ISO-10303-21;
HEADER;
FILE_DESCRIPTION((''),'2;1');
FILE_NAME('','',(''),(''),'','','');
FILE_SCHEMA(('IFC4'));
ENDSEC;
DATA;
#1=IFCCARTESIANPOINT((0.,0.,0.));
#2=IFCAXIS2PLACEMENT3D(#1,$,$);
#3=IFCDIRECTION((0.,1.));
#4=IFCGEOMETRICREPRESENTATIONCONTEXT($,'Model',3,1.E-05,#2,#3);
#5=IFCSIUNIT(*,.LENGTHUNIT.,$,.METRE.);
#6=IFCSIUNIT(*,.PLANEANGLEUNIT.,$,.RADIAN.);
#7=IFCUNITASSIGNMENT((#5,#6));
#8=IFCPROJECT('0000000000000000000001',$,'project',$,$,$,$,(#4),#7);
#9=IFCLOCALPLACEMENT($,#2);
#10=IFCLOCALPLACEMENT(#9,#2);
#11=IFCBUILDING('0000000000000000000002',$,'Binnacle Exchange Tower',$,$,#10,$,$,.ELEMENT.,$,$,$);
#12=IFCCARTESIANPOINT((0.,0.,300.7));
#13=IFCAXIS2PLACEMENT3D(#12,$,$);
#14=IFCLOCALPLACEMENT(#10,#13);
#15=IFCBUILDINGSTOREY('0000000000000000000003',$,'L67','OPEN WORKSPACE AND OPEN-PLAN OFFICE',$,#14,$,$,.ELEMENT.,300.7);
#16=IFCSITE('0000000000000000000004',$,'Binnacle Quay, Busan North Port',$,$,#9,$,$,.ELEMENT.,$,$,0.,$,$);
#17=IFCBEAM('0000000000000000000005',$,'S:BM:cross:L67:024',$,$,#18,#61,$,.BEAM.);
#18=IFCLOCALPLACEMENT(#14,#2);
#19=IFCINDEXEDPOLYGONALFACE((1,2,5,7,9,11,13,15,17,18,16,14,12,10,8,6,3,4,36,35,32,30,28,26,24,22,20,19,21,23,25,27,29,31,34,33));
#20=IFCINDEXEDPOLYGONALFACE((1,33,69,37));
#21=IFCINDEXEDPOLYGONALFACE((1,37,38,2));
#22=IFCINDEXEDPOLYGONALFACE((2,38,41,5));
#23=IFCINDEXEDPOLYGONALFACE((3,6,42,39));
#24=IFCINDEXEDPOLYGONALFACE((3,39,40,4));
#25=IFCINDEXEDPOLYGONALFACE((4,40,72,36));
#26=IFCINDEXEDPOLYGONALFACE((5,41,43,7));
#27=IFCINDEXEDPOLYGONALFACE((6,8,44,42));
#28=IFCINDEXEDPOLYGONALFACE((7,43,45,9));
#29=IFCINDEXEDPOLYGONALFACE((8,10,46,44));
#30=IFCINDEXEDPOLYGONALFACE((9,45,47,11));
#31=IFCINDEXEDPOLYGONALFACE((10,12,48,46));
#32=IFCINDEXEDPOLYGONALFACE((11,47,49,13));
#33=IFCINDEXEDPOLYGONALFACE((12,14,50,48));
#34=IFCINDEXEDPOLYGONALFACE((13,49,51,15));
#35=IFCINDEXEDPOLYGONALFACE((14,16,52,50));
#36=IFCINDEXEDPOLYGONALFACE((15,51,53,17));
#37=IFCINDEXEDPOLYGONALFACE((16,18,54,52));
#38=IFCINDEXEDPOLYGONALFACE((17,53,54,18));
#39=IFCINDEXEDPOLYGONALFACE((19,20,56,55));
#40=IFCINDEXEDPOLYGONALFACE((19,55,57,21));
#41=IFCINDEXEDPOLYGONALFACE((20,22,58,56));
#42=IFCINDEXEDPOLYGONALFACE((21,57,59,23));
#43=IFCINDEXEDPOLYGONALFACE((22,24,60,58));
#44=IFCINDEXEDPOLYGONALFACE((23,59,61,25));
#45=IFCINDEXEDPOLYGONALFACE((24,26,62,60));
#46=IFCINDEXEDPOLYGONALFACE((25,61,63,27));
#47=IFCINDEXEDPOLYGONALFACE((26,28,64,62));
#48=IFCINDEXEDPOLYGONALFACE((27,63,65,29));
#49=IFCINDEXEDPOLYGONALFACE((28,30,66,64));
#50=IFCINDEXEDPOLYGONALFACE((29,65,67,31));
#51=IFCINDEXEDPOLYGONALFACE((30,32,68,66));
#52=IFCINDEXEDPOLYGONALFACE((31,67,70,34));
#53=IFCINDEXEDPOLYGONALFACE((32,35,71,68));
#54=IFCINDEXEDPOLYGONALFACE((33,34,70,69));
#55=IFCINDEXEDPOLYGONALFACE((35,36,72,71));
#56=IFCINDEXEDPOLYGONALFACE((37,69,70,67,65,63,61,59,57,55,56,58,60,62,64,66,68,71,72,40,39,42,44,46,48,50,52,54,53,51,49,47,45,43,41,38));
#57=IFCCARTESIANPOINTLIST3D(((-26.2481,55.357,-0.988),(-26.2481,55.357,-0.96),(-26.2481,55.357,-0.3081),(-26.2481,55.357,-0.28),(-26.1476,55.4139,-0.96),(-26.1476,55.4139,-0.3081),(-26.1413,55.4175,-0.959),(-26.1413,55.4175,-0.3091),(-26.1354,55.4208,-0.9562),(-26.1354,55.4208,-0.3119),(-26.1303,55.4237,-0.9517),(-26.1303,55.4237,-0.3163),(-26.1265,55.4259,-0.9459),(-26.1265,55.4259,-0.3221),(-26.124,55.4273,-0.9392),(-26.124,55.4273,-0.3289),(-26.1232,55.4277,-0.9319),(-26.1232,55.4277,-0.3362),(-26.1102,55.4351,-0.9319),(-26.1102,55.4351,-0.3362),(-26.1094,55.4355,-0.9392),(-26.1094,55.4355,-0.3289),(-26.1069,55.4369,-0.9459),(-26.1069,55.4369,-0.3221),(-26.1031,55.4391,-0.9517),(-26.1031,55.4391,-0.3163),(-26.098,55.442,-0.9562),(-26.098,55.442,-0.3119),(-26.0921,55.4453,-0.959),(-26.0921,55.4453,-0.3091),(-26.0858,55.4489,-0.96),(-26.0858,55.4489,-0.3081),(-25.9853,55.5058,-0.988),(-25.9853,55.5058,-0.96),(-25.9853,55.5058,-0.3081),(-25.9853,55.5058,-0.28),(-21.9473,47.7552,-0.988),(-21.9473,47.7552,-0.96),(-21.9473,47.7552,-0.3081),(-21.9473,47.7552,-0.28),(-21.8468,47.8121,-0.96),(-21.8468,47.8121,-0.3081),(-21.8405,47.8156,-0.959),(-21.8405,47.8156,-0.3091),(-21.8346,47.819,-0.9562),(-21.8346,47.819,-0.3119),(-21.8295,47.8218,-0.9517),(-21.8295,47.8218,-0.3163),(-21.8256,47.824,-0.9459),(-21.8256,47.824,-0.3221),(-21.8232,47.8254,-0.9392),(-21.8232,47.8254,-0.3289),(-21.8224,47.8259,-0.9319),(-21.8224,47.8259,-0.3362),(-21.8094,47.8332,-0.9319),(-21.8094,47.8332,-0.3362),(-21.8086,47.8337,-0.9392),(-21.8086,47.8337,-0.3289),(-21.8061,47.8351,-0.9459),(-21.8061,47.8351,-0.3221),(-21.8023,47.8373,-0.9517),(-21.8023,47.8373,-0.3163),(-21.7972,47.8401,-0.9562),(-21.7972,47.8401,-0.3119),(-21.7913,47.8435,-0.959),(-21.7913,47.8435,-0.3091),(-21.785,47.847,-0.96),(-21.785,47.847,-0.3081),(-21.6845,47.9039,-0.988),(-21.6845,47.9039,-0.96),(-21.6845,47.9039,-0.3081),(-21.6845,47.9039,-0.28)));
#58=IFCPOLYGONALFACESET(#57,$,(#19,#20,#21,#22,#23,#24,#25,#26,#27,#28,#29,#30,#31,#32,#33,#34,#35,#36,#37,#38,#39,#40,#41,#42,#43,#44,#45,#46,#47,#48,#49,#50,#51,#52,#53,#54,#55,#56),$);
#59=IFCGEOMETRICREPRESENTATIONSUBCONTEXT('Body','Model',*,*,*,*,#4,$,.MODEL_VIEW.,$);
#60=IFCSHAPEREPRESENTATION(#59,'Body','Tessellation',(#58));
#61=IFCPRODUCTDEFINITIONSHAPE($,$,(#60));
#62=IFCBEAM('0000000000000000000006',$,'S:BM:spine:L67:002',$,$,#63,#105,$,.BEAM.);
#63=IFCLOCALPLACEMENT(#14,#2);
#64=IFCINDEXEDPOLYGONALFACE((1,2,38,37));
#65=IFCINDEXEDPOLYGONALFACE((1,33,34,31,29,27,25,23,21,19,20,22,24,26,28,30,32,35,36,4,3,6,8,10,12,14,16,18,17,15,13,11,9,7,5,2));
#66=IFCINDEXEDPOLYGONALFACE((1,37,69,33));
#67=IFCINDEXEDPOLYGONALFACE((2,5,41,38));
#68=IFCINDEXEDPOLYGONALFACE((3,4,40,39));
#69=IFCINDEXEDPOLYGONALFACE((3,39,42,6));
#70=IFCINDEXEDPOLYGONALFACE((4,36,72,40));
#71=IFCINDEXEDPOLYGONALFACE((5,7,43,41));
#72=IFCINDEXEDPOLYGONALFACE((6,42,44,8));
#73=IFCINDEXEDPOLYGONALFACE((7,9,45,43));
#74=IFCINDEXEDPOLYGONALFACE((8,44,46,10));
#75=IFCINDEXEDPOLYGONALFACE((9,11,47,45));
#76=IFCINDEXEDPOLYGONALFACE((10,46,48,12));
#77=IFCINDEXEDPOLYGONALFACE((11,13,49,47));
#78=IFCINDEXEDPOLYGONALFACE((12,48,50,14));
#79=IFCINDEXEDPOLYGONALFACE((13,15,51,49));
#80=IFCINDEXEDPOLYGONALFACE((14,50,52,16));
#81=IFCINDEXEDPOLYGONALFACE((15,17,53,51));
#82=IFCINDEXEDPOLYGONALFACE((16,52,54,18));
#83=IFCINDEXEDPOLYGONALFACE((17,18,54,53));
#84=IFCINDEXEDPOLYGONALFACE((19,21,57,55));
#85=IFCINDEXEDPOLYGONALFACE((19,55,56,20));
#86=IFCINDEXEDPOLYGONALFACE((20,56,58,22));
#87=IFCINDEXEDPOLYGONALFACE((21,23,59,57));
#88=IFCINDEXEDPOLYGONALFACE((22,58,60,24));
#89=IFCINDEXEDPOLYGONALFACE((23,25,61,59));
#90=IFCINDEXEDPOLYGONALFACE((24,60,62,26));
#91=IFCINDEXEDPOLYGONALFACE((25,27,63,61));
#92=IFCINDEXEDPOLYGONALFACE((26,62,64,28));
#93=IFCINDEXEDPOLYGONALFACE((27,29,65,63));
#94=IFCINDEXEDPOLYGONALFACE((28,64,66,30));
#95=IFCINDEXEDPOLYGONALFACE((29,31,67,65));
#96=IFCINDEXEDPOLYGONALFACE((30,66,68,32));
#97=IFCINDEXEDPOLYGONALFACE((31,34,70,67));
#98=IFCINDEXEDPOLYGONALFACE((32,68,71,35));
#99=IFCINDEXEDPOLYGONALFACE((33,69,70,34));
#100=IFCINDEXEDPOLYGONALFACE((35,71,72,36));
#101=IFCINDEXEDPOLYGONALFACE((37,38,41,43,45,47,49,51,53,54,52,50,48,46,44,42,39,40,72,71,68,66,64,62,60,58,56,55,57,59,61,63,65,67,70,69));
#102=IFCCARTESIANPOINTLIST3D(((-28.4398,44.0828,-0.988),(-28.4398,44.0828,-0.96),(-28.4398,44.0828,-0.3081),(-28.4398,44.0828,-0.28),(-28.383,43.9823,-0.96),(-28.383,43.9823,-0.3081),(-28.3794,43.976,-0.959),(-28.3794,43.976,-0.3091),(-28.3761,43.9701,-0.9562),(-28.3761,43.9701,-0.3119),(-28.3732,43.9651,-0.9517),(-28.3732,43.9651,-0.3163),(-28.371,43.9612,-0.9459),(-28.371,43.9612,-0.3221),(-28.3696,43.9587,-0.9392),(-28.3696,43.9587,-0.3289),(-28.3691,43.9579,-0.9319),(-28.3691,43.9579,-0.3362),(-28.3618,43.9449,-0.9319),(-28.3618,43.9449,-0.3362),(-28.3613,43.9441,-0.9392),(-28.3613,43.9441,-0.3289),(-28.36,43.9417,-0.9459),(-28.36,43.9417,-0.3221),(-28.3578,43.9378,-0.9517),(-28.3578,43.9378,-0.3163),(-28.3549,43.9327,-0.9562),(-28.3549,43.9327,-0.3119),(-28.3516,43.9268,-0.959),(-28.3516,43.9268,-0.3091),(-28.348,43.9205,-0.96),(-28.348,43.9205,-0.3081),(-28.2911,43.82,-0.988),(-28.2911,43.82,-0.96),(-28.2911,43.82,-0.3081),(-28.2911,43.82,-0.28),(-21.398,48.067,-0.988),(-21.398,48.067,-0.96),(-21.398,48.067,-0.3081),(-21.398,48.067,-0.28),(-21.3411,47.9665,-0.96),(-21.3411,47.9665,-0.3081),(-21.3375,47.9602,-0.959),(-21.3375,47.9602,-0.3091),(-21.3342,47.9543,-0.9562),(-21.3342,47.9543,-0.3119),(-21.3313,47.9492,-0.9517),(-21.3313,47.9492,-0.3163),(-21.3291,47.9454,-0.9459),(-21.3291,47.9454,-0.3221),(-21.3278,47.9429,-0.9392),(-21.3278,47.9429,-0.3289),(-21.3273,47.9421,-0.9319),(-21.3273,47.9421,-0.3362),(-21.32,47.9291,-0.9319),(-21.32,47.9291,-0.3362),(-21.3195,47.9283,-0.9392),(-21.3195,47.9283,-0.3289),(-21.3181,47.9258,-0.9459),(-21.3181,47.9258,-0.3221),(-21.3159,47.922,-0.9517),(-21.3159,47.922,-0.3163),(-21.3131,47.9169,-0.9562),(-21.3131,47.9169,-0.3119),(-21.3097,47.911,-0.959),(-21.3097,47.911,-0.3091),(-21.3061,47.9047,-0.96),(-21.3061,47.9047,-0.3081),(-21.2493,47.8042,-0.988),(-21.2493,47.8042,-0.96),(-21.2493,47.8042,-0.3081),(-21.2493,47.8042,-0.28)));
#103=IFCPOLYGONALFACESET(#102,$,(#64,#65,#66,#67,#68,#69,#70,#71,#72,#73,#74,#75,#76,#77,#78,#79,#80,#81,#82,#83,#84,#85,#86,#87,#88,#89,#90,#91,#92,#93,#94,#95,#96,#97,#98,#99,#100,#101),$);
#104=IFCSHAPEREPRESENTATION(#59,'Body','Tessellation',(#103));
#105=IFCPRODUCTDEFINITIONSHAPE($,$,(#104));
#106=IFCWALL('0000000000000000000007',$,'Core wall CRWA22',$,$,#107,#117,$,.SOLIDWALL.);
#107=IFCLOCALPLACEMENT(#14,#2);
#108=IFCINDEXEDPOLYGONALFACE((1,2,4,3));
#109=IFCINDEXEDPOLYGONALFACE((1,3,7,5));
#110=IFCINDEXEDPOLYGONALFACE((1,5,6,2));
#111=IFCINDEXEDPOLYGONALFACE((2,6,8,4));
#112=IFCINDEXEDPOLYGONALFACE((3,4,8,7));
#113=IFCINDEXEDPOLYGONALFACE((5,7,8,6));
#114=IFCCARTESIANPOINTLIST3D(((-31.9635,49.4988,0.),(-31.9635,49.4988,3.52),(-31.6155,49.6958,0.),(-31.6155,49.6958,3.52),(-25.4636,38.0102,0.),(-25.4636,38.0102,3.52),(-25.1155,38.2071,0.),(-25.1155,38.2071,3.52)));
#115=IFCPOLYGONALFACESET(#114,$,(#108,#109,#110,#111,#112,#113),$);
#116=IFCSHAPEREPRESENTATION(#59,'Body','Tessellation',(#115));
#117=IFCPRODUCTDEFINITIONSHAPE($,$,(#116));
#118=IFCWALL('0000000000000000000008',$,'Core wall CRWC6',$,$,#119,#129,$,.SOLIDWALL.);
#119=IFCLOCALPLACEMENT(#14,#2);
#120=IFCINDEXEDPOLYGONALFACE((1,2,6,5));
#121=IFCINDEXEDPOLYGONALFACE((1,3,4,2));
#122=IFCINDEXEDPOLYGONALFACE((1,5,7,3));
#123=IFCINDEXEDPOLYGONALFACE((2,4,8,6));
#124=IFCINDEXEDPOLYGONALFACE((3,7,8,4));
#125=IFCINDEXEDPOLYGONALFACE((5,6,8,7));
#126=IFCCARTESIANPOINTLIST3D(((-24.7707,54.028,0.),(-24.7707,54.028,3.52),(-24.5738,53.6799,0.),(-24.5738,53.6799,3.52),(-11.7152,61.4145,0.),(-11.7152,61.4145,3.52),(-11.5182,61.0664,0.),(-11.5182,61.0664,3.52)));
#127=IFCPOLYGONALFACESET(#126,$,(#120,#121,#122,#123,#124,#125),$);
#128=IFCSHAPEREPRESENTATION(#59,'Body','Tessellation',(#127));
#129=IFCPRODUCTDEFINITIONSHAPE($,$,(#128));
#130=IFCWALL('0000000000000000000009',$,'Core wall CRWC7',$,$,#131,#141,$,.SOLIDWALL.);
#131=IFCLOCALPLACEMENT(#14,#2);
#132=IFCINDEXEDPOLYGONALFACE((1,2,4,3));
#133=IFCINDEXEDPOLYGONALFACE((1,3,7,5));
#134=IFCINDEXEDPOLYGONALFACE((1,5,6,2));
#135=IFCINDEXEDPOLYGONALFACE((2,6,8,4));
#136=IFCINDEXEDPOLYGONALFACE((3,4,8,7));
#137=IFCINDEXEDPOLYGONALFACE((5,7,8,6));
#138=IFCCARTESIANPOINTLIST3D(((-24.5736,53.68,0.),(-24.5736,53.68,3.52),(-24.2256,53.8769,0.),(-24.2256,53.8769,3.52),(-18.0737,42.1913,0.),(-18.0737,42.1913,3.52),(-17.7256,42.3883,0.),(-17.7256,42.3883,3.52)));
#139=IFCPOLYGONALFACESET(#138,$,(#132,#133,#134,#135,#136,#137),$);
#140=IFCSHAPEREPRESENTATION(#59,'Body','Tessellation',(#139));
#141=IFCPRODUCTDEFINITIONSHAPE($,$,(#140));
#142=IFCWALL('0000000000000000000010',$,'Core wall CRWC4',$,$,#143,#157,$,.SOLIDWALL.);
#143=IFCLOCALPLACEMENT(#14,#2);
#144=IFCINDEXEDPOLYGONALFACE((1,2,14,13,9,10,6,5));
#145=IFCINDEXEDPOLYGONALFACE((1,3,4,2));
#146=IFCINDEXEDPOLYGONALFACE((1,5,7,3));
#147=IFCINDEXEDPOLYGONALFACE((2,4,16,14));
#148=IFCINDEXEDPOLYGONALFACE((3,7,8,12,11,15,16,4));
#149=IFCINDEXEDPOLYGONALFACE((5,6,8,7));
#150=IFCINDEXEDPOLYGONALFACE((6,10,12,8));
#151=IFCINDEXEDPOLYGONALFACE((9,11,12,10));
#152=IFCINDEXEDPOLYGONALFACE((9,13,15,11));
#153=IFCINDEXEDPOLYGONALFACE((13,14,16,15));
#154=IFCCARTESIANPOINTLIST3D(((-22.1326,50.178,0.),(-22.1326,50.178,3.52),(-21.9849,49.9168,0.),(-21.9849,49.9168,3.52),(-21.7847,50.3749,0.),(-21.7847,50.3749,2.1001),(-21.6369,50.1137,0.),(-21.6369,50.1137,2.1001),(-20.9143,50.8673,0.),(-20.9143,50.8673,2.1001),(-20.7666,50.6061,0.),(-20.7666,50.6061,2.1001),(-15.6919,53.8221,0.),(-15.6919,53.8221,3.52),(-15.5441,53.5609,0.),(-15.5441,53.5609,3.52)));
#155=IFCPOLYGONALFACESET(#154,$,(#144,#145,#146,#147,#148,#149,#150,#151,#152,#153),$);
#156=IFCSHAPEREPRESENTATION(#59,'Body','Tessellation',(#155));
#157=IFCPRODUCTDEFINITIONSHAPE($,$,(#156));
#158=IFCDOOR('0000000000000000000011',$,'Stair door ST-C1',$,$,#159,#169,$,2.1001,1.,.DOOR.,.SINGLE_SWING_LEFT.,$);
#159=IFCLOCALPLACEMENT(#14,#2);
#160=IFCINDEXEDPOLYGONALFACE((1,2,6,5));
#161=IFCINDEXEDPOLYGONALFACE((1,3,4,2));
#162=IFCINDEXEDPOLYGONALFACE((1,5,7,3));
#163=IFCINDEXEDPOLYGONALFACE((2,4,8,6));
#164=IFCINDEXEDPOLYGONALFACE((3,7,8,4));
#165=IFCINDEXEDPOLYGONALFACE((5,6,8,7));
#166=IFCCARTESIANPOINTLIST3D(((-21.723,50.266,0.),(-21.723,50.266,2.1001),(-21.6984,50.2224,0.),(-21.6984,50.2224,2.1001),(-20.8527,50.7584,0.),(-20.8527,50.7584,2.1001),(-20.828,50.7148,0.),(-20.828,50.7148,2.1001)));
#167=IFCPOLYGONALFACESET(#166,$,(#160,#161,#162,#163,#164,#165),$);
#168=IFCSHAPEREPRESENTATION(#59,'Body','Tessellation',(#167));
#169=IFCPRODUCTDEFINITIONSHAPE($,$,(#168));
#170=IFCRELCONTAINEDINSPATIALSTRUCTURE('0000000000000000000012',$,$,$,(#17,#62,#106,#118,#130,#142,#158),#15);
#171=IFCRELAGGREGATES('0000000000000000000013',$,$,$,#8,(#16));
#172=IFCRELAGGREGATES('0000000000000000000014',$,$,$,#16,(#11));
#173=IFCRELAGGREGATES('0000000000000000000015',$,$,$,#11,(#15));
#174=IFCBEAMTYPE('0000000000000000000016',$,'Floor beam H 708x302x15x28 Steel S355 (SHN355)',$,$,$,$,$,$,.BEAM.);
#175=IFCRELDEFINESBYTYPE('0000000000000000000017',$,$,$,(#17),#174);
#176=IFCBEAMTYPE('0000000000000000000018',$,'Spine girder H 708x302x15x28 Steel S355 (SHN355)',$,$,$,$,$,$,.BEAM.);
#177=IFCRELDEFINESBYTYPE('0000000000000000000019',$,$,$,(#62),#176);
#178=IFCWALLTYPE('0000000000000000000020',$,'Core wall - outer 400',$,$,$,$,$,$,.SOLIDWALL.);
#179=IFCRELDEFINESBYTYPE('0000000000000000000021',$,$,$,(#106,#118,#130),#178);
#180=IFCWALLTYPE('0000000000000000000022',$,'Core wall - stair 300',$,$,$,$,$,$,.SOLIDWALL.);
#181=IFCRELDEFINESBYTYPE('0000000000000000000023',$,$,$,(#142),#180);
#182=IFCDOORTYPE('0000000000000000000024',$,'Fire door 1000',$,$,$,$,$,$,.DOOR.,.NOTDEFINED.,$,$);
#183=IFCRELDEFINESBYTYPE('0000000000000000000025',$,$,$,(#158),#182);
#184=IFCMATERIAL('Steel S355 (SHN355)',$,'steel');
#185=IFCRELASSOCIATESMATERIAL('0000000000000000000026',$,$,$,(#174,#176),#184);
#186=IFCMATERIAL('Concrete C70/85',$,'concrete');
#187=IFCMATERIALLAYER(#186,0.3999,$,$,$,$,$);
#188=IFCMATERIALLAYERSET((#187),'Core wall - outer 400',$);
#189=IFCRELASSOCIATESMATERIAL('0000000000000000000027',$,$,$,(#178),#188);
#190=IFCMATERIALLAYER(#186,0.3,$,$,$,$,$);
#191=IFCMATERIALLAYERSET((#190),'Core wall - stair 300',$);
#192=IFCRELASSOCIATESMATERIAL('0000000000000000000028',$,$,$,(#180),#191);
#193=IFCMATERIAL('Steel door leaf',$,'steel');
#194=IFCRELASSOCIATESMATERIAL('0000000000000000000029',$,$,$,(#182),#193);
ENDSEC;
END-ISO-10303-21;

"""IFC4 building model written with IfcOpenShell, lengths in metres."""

from ifc_helpers import new_model, si_unit, direction, frame, frame_2d, origin, origin_2d, place, context, subcontext, project, spatial, rectangle, i_section, extrude, material, layer, layer_set, material_profile, profile_set, type_object, element, fill, save


model = new_model("IFC4")

# Units and contexts
model_context = context("Model", 3, precision=1e-05, world=origin(), true_north=direction((0.0, 1.0)))
body_context = subcontext(model_context, "Body", "Model", "MODEL_VIEW")
ifc_project = project(units=[si_unit("LENGTHUNIT", "METRE"), si_unit("PLANEANGLEUNIT", "RADIAN")], contexts=[model_context])

# Site, building, storey
site_placement = place(None, origin())
site = spatial("IfcSite", under=ifc_project, at=site_placement, Name="Binnacle Quay, Busan North Port", CompositionType="ELEMENT", RefElevation=0.0)
building_placement = place(site_placement, origin())
building = spatial("IfcBuilding", under=site, at=building_placement, Name="Binnacle Exchange Tower", CompositionType="ELEMENT")
storey_placement = place(building_placement, frame((0.0, 0.0, 300.7)))
storey = spatial("IfcBuildingStorey", under=building, at=storey_placement, Name="L67", Description="OPEN WORKSPACE AND OPEN-PLAN OFFICE", CompositionType="ELEMENT", Elevation=300.7)

# Beams
ifc_material_1 = material(Name="Steel S355 (SHN355)", Category="steel")
ifc_material_profile_1 = material_profile(ifc_material_1, i_section(OverallWidth=0.302, OverallDepth=0.708, WebThickness=0.0149, FlangeThickness=0.0281, FilletRadius=0.0281, at=origin_2d()), Name="H 708x302x15x28")
ifc_profile_set_1 = profile_set([ifc_material_profile_1], Name="Steel S355 (SHN355)")
beam_type_1 = type_object("IfcBeamType", Name="Floor beam H 708x302x15x28 Steel S355 (SHN355)", PredefinedType="BEAM", material=ifc_profile_set_1)
beam_1_placement = place(storey_placement, frame((-26.1167, 55.4314, -0.634), z_axis=(0.492414, -0.870361, 0.0), x_axis=(0.870361, 0.492414, 0.0)))
element("IfcBeam", 1, at=beam_1_placement, inside=storey, type_object=beam_type_1, Name="S:BM:cross:L67:024", PredefinedType="BEAM", context=body_context, shape_type="SweptSolid", body=[
    extrude(i_section(OverallWidth=0.302, OverallDepth=0.708, WebThickness=0.0149, FlangeThickness=0.0281, FilletRadius=0.0281, at=origin_2d()), origin(), (0.0, 0.0, 1.0), 8.7341),
])
ifc_material_profile_2 = material_profile(ifc_material_1, i_section(OverallWidth=0.302, OverallDepth=0.708, WebThickness=0.0149, FlangeThickness=0.0281, FilletRadius=0.0281, at=origin_2d()), Name="H 708x302x15x28")
ifc_profile_set_2 = profile_set([ifc_material_profile_2], Name="Steel S355 (SHN355)")
beam_type_2 = type_object("IfcBeamType", Name="Spine girder H 708x302x15x28 Steel S355 (SHN355)", PredefinedType="BEAM", material=ifc_profile_set_2)
beam_2_placement = place(storey_placement, frame((-28.3655, 43.9514, -0.634), z_axis=(0.87035, 0.492433, 0.0), x_axis=(-0.492433, 0.87035, 0.0)))
element("IfcBeam", 2, at=beam_2_placement, inside=storey, type_object=beam_type_2, Name="S:BM:spine:L67:002", PredefinedType="BEAM", context=body_context, shape_type="SweptSolid", body=[
    extrude(i_section(OverallWidth=0.302, OverallDepth=0.708, WebThickness=0.0149, FlangeThickness=0.0281, FilletRadius=0.0281, at=origin_2d()), origin(), (0.0, 0.0, 1.0), 8.0908),
])

# Walls
ifc_material_2 = material(Name="Concrete C70/85", Category="concrete")
ifc_layer_1 = layer(ifc_material_2, 0.3999)
ifc_layer_set_1 = layer_set([ifc_layer_1], Name="Core wall - outer 400")
wall_type_1 = type_object("IfcWallType", Name="Core wall - outer 400", PredefinedType="SOLIDWALL", material=ifc_layer_set_1)
wall_1_placement = place(storey_placement, frame((-31.7896, 49.5974, 0.0), z_axis=(0.0, 0.0, 1.0), x_axis=(0.492422, -0.870357, 0.0)))
element("IfcWall", 3, at=wall_1_placement, inside=storey, type_object=wall_type_1, Name="Core wall CRWA22", PredefinedType="SOLIDWALL", context=body_context, shape_type="SweptSolid", body=[
    extrude(rectangle(XDim=13.2, YDim=0.3999, at=frame_2d((6.6001, 0.0))), origin(), (0.0, 0.0, 1.0), 3.52),
])
wall_2_placement = place(storey_placement, frame((-24.6721, 53.854, 0.0), z_axis=(0.0, 0.0, 1.0), x_axis=(0.870354, 0.492427, 0.0)))
element("IfcWall", 4, at=wall_2_placement, inside=storey, type_object=wall_type_1, Name="Core wall CRWC6", PredefinedType="SOLIDWALL", context=body_context, shape_type="SweptSolid", body=[
    extrude(rectangle(XDim=15.0002, YDim=0.3999, at=frame_2d((7.5, 0.0))), origin(), (0.0, 0.0, 1.0), 3.52),
])
wall_3_placement = place(storey_placement, frame((-24.3997, 53.7786, 0.0), z_axis=(0.0, 0.0, 1.0), x_axis=(0.492422, -0.870357, 0.0)))
element("IfcWall", 5, at=wall_3_placement, inside=storey, type_object=wall_type_1, Name="Core wall CRWC7", PredefinedType="SOLIDWALL", context=body_context, shape_type="SweptSolid", body=[
    extrude(rectangle(XDim=13.2, YDim=0.3999, at=frame_2d((6.6001, 0.0))), origin(), (0.0, 0.0, 1.0), 3.52),
])

# Wall, opening, door
ifc_layer_2 = layer(ifc_material_2, 0.3)
ifc_layer_set_2 = layer_set([ifc_layer_2], Name="Core wall - stair 300")
wall_type_2 = type_object("IfcWallType", Name="Core wall - stair 300", PredefinedType="SOLIDWALL", material=ifc_layer_set_2)
wall_4_placement = place(storey_placement, frame((-22.0588, 50.0474, 0.0), z_axis=(0.0, 0.0, 1.0), x_axis=(0.870351, 0.492432, 0.0)))
wall_4 = element("IfcWall", 6, at=wall_4_placement, inside=storey, type_object=wall_type_2, Name="Core wall CRWC4", PredefinedType="SOLIDWALL", context=body_context, shape_type="SweptSolid", body=[
    extrude(rectangle(XDim=7.4001, YDim=0.3, at=frame_2d((3.7002, 0.0))), origin(), (0.0, 0.0, 1.0), 3.52),
])
opening_1_placement = place(wall_4_placement, frame((0.3999, 0.0, 0.0)))
opening_1 = element("IfcOpeningElement", 7, at=opening_1_placement, cuts=wall_4, PredefinedType="OPENING", context=body_context, shape_type="SweptSolid", body=[
    extrude(rectangle(XDim=1.0, YDim=2.1001, at=frame_2d((0.5, 1.05))), frame((0.0, 0.1599, 0.0), z_axis=(0.0, -1.0, 0.0), x_axis=(1.0, 0.0, 0.0)), (0.0, 0.0, 1.0), 0.3201),
])
ifc_material_3 = material(Name="Steel door leaf", Category="steel")
door_type = type_object("IfcDoorType", Name="Fire door 1000", OperationType="NOTDEFINED", PredefinedType="DOOR", material=ifc_material_3)
door_1_placement = place(opening_1_placement, origin())
door_1 = element("IfcDoor", 8, at=door_1_placement, inside=storey, type_object=door_type, Name="Stair door ST-C1", OperationType="SINGLE_SWING_LEFT", OverallHeight=2.1001, OverallWidth=1.0, PredefinedType="DOOR", context=body_context, shape_type="SweptSolid", body=[
    extrude(rectangle(XDim=1.0, YDim=2.1001, at=frame_2d((0.5, 1.05))), frame((0.0, 0.0249, 0.0), z_axis=(0.0, -1.0, 0.0), x_axis=(1.0, 0.0, 0.0)), (0.0, 0.0, 1.0), 0.05),
])
fill(opening_1, door_1)

save(model, "model.ifc")
